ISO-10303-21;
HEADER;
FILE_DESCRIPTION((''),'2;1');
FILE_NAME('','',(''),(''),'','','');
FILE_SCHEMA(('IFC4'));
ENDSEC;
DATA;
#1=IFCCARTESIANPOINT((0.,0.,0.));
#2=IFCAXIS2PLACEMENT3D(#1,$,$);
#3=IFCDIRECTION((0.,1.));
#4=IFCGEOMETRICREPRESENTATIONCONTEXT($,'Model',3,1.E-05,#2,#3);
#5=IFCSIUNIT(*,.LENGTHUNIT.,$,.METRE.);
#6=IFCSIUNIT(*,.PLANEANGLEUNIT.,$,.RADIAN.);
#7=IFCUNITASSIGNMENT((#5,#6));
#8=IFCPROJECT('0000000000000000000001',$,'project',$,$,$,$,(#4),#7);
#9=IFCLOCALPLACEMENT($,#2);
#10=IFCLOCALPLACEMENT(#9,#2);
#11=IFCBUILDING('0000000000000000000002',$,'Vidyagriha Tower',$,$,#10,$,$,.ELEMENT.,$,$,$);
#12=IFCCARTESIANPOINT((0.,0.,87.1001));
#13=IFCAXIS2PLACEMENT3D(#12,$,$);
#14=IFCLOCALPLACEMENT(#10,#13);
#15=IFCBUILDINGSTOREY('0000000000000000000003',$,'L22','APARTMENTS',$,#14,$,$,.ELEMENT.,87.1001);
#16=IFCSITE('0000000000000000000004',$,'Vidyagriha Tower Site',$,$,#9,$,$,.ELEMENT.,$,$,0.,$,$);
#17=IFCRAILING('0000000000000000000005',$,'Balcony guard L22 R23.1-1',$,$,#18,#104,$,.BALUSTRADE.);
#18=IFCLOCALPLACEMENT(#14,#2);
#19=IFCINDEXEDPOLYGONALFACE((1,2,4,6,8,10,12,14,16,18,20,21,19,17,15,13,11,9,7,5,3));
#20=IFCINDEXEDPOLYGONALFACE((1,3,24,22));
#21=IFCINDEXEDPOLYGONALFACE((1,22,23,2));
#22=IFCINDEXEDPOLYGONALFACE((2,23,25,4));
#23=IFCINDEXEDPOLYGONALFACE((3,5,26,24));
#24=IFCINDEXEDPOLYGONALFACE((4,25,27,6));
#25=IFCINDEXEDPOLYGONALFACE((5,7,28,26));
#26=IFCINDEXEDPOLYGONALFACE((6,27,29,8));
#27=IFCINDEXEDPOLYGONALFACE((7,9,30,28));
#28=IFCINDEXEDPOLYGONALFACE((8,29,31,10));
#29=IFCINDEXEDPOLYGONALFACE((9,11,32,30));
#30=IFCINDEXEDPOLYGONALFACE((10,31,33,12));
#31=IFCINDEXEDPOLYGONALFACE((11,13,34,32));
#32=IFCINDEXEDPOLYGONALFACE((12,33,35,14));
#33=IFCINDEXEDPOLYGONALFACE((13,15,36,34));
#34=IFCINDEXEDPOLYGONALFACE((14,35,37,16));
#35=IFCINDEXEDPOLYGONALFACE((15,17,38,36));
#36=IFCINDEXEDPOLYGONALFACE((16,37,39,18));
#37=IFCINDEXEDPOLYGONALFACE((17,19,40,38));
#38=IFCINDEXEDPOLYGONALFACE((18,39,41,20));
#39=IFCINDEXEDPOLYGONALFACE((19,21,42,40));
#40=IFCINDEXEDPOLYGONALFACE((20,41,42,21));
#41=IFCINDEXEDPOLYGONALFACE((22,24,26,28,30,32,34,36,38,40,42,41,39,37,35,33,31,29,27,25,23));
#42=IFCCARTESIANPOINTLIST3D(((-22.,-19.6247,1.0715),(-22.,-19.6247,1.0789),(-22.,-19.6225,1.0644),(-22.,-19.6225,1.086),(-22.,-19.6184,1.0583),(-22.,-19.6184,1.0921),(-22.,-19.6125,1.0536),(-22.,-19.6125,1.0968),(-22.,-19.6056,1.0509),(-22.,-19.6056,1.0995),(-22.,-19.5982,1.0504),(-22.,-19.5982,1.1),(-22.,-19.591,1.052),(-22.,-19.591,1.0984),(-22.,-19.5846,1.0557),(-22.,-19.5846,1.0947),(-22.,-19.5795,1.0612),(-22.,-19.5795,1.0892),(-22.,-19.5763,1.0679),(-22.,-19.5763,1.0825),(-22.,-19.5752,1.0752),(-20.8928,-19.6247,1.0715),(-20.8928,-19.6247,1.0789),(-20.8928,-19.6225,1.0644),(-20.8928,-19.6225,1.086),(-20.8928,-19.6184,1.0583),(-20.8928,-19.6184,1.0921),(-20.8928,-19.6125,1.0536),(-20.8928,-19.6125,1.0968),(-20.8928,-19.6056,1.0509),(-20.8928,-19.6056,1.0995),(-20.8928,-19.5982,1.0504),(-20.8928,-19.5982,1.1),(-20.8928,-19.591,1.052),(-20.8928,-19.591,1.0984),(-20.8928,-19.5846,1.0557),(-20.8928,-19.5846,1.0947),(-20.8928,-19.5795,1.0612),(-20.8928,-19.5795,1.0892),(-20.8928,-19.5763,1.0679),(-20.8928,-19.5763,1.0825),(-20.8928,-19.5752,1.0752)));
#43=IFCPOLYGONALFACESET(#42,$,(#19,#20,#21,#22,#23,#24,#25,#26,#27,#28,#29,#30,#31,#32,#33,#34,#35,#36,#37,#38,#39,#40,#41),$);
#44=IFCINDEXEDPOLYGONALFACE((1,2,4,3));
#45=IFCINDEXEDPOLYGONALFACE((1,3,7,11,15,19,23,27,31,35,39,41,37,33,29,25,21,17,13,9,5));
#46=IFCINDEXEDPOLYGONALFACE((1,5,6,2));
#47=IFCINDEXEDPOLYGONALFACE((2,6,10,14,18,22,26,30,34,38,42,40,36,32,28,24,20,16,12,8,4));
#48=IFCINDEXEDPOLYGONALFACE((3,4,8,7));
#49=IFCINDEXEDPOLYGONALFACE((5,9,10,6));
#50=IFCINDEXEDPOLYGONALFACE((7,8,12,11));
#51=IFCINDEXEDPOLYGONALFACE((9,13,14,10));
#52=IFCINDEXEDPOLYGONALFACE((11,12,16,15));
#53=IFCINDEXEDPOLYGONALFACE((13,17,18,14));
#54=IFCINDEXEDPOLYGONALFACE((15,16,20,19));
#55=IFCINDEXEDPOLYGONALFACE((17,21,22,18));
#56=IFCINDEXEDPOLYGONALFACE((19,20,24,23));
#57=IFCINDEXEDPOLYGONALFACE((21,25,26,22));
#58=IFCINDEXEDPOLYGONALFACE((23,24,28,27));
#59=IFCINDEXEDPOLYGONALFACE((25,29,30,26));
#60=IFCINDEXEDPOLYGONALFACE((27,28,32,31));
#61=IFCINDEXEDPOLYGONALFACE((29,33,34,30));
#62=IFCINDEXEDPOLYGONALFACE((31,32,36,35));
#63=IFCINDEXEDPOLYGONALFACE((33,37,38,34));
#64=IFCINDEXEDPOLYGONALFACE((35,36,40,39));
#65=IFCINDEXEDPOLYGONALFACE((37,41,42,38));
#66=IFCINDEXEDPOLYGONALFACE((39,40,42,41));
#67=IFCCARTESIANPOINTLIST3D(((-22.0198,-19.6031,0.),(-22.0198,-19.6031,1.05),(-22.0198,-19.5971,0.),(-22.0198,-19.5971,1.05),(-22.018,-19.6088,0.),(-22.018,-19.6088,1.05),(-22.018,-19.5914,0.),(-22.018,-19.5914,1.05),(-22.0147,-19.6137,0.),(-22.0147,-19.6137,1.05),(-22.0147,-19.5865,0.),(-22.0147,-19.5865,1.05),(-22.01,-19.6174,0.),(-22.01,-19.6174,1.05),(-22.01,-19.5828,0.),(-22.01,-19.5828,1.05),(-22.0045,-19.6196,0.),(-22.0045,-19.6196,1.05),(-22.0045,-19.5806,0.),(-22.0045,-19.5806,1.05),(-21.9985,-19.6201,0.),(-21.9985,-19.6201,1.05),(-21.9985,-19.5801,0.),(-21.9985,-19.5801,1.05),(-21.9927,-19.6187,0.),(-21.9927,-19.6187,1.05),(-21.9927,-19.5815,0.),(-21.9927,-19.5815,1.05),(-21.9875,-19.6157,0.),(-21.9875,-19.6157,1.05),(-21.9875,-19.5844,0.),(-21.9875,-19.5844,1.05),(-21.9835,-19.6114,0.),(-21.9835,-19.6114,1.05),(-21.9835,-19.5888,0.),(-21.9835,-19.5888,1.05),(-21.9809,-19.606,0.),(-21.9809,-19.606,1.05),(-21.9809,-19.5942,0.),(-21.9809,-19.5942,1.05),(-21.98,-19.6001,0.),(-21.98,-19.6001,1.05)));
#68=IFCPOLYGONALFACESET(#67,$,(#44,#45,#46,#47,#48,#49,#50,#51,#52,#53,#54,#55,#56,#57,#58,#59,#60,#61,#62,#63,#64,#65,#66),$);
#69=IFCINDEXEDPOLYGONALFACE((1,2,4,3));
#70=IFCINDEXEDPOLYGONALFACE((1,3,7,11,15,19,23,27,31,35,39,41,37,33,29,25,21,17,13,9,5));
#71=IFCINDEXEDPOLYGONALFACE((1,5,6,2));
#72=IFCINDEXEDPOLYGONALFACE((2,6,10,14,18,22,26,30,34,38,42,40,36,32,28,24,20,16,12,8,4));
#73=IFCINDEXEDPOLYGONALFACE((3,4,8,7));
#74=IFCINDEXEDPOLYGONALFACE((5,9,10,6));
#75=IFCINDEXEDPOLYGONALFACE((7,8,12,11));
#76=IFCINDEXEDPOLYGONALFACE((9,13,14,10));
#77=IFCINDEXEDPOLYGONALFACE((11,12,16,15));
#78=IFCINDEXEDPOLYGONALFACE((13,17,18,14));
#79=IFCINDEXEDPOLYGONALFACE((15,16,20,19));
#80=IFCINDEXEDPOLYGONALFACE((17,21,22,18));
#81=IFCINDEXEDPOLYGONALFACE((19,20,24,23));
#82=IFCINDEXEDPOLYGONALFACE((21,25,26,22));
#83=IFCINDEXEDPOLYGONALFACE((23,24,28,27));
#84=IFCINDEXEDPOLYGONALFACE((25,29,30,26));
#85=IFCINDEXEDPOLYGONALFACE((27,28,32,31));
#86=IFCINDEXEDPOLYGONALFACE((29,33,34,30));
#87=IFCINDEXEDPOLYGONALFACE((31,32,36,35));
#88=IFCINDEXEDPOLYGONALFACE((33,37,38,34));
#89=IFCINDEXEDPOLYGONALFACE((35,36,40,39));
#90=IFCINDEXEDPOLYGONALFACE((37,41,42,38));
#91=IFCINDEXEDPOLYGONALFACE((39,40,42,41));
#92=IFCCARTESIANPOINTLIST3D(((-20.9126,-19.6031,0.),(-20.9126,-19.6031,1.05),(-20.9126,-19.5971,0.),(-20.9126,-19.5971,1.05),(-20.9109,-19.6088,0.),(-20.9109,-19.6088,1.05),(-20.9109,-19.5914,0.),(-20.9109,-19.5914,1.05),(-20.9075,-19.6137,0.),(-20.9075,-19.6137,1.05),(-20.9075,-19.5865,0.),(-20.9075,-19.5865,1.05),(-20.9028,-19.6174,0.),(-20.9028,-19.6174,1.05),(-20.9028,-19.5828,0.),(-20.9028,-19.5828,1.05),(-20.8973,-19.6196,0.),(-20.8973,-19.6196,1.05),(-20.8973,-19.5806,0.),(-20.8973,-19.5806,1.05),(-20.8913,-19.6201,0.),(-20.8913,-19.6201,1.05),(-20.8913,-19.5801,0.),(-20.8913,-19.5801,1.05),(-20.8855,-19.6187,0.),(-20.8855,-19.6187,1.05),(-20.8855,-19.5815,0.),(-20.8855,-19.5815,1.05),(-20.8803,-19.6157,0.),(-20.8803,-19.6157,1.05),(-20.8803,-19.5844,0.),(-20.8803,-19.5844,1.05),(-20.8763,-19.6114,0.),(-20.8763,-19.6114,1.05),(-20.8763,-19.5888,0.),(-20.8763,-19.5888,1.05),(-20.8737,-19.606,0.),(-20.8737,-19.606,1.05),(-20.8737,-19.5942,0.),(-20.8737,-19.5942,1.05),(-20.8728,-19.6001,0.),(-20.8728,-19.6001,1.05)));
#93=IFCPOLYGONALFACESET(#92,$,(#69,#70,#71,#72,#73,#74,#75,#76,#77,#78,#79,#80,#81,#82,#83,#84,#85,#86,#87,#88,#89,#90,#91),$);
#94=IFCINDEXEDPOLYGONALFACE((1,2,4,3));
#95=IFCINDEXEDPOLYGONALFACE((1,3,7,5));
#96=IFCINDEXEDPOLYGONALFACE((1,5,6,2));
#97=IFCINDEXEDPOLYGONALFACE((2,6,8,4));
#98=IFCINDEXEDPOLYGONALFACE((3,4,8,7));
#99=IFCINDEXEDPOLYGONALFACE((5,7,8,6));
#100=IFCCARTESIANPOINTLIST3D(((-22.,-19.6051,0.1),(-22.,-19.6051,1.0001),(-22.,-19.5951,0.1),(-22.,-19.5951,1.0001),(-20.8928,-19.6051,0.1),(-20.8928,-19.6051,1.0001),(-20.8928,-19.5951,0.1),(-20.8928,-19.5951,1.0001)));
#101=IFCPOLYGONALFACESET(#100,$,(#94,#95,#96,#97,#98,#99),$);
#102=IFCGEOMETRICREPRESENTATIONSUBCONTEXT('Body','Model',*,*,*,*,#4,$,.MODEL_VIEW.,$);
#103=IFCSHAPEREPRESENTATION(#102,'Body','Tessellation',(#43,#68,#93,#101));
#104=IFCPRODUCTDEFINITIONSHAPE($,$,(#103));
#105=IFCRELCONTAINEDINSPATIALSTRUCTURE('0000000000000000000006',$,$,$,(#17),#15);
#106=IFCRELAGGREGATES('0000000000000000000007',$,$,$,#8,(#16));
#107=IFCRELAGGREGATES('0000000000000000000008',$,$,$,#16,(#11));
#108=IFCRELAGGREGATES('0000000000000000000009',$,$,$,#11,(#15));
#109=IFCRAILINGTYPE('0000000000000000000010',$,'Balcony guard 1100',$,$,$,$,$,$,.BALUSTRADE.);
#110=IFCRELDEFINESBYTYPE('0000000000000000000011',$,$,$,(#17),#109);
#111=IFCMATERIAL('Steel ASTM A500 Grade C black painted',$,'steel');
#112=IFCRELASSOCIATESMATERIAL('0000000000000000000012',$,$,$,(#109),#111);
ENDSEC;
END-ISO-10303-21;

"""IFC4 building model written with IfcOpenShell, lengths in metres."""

from ifc_helpers import new_model, si_unit, direction, frame, origin, origin_2d, place, context, subcontext, project, spatial, rectangle, circle, extrude, material, type_object, element, save


model = new_model("IFC4")

# Units and contexts
model_context = context("Model", 3, precision=1e-05, world=origin(), true_north=direction((0.0, 1.0)))
body_context = subcontext(model_context, "Body", "Model", "MODEL_VIEW")
ifc_project = project(units=[si_unit("LENGTHUNIT", "METRE"), si_unit("PLANEANGLEUNIT", "RADIAN")], contexts=[model_context])

# Site, building, storey
site_placement = place(None, origin())
site = spatial("IfcSite", under=ifc_project, at=site_placement, Name="Vidyagriha Tower Site", CompositionType="ELEMENT", RefElevation=0.0)
building_placement = place(site_placement, origin())
building = spatial("IfcBuilding", under=site, at=building_placement, Name="Vidyagriha Tower", CompositionType="ELEMENT")
storey_placement = place(building_placement, frame((0.0, 0.0, 87.1001)))
storey = spatial("IfcBuildingStorey", under=building, at=storey_placement, Name="L22", Description="APARTMENTS", CompositionType="ELEMENT", Elevation=87.1001)

# Railing
ifc_material_1 = material(Name="Steel ASTM A500 Grade C black painted", Category="steel")
railing_type_1 = type_object("IfcRailingType", Name="Balcony guard 1100", PredefinedType="BALUSTRADE", material=ifc_material_1)
railing_1_placement = place(storey_placement, frame((-22.0, -19.6001, 0.0)))
element("IfcRailing", 1, at=railing_1_placement, inside=storey, type_object=railing_type_1, Name="Balcony guard L22 R23.1-1", PredefinedType="BALUSTRADE", context=body_context, shape_type="SweptSolid", body=[
    extrude(circle(Radius=0.0249, at=origin_2d()), frame((0.0, 0.0, 1.0752), z_axis=(1.0, 0.0, 0.0), x_axis=(0.0, 1.0, 0.0)), (0.0, 0.0, 1.0), 1.1072),
    extrude(circle(Radius=0.02, at=origin_2d()), origin(), (0.0, 0.0, 1.0), 1.05),
    extrude(circle(Radius=0.02, at=origin_2d()), frame((1.1072, 0.0, 0.0)), (0.0, 0.0, 1.0), 1.05),
    extrude(rectangle(XDim=0.01, YDim=0.9001, at=origin_2d()), frame((0.0, 0.0, 0.55), z_axis=(1.0, 0.0, 0.0), x_axis=(0.0, 1.0, 0.0)), (0.0, 0.0, 1.0), 1.1072),
])

save(model, "model.ifc")
